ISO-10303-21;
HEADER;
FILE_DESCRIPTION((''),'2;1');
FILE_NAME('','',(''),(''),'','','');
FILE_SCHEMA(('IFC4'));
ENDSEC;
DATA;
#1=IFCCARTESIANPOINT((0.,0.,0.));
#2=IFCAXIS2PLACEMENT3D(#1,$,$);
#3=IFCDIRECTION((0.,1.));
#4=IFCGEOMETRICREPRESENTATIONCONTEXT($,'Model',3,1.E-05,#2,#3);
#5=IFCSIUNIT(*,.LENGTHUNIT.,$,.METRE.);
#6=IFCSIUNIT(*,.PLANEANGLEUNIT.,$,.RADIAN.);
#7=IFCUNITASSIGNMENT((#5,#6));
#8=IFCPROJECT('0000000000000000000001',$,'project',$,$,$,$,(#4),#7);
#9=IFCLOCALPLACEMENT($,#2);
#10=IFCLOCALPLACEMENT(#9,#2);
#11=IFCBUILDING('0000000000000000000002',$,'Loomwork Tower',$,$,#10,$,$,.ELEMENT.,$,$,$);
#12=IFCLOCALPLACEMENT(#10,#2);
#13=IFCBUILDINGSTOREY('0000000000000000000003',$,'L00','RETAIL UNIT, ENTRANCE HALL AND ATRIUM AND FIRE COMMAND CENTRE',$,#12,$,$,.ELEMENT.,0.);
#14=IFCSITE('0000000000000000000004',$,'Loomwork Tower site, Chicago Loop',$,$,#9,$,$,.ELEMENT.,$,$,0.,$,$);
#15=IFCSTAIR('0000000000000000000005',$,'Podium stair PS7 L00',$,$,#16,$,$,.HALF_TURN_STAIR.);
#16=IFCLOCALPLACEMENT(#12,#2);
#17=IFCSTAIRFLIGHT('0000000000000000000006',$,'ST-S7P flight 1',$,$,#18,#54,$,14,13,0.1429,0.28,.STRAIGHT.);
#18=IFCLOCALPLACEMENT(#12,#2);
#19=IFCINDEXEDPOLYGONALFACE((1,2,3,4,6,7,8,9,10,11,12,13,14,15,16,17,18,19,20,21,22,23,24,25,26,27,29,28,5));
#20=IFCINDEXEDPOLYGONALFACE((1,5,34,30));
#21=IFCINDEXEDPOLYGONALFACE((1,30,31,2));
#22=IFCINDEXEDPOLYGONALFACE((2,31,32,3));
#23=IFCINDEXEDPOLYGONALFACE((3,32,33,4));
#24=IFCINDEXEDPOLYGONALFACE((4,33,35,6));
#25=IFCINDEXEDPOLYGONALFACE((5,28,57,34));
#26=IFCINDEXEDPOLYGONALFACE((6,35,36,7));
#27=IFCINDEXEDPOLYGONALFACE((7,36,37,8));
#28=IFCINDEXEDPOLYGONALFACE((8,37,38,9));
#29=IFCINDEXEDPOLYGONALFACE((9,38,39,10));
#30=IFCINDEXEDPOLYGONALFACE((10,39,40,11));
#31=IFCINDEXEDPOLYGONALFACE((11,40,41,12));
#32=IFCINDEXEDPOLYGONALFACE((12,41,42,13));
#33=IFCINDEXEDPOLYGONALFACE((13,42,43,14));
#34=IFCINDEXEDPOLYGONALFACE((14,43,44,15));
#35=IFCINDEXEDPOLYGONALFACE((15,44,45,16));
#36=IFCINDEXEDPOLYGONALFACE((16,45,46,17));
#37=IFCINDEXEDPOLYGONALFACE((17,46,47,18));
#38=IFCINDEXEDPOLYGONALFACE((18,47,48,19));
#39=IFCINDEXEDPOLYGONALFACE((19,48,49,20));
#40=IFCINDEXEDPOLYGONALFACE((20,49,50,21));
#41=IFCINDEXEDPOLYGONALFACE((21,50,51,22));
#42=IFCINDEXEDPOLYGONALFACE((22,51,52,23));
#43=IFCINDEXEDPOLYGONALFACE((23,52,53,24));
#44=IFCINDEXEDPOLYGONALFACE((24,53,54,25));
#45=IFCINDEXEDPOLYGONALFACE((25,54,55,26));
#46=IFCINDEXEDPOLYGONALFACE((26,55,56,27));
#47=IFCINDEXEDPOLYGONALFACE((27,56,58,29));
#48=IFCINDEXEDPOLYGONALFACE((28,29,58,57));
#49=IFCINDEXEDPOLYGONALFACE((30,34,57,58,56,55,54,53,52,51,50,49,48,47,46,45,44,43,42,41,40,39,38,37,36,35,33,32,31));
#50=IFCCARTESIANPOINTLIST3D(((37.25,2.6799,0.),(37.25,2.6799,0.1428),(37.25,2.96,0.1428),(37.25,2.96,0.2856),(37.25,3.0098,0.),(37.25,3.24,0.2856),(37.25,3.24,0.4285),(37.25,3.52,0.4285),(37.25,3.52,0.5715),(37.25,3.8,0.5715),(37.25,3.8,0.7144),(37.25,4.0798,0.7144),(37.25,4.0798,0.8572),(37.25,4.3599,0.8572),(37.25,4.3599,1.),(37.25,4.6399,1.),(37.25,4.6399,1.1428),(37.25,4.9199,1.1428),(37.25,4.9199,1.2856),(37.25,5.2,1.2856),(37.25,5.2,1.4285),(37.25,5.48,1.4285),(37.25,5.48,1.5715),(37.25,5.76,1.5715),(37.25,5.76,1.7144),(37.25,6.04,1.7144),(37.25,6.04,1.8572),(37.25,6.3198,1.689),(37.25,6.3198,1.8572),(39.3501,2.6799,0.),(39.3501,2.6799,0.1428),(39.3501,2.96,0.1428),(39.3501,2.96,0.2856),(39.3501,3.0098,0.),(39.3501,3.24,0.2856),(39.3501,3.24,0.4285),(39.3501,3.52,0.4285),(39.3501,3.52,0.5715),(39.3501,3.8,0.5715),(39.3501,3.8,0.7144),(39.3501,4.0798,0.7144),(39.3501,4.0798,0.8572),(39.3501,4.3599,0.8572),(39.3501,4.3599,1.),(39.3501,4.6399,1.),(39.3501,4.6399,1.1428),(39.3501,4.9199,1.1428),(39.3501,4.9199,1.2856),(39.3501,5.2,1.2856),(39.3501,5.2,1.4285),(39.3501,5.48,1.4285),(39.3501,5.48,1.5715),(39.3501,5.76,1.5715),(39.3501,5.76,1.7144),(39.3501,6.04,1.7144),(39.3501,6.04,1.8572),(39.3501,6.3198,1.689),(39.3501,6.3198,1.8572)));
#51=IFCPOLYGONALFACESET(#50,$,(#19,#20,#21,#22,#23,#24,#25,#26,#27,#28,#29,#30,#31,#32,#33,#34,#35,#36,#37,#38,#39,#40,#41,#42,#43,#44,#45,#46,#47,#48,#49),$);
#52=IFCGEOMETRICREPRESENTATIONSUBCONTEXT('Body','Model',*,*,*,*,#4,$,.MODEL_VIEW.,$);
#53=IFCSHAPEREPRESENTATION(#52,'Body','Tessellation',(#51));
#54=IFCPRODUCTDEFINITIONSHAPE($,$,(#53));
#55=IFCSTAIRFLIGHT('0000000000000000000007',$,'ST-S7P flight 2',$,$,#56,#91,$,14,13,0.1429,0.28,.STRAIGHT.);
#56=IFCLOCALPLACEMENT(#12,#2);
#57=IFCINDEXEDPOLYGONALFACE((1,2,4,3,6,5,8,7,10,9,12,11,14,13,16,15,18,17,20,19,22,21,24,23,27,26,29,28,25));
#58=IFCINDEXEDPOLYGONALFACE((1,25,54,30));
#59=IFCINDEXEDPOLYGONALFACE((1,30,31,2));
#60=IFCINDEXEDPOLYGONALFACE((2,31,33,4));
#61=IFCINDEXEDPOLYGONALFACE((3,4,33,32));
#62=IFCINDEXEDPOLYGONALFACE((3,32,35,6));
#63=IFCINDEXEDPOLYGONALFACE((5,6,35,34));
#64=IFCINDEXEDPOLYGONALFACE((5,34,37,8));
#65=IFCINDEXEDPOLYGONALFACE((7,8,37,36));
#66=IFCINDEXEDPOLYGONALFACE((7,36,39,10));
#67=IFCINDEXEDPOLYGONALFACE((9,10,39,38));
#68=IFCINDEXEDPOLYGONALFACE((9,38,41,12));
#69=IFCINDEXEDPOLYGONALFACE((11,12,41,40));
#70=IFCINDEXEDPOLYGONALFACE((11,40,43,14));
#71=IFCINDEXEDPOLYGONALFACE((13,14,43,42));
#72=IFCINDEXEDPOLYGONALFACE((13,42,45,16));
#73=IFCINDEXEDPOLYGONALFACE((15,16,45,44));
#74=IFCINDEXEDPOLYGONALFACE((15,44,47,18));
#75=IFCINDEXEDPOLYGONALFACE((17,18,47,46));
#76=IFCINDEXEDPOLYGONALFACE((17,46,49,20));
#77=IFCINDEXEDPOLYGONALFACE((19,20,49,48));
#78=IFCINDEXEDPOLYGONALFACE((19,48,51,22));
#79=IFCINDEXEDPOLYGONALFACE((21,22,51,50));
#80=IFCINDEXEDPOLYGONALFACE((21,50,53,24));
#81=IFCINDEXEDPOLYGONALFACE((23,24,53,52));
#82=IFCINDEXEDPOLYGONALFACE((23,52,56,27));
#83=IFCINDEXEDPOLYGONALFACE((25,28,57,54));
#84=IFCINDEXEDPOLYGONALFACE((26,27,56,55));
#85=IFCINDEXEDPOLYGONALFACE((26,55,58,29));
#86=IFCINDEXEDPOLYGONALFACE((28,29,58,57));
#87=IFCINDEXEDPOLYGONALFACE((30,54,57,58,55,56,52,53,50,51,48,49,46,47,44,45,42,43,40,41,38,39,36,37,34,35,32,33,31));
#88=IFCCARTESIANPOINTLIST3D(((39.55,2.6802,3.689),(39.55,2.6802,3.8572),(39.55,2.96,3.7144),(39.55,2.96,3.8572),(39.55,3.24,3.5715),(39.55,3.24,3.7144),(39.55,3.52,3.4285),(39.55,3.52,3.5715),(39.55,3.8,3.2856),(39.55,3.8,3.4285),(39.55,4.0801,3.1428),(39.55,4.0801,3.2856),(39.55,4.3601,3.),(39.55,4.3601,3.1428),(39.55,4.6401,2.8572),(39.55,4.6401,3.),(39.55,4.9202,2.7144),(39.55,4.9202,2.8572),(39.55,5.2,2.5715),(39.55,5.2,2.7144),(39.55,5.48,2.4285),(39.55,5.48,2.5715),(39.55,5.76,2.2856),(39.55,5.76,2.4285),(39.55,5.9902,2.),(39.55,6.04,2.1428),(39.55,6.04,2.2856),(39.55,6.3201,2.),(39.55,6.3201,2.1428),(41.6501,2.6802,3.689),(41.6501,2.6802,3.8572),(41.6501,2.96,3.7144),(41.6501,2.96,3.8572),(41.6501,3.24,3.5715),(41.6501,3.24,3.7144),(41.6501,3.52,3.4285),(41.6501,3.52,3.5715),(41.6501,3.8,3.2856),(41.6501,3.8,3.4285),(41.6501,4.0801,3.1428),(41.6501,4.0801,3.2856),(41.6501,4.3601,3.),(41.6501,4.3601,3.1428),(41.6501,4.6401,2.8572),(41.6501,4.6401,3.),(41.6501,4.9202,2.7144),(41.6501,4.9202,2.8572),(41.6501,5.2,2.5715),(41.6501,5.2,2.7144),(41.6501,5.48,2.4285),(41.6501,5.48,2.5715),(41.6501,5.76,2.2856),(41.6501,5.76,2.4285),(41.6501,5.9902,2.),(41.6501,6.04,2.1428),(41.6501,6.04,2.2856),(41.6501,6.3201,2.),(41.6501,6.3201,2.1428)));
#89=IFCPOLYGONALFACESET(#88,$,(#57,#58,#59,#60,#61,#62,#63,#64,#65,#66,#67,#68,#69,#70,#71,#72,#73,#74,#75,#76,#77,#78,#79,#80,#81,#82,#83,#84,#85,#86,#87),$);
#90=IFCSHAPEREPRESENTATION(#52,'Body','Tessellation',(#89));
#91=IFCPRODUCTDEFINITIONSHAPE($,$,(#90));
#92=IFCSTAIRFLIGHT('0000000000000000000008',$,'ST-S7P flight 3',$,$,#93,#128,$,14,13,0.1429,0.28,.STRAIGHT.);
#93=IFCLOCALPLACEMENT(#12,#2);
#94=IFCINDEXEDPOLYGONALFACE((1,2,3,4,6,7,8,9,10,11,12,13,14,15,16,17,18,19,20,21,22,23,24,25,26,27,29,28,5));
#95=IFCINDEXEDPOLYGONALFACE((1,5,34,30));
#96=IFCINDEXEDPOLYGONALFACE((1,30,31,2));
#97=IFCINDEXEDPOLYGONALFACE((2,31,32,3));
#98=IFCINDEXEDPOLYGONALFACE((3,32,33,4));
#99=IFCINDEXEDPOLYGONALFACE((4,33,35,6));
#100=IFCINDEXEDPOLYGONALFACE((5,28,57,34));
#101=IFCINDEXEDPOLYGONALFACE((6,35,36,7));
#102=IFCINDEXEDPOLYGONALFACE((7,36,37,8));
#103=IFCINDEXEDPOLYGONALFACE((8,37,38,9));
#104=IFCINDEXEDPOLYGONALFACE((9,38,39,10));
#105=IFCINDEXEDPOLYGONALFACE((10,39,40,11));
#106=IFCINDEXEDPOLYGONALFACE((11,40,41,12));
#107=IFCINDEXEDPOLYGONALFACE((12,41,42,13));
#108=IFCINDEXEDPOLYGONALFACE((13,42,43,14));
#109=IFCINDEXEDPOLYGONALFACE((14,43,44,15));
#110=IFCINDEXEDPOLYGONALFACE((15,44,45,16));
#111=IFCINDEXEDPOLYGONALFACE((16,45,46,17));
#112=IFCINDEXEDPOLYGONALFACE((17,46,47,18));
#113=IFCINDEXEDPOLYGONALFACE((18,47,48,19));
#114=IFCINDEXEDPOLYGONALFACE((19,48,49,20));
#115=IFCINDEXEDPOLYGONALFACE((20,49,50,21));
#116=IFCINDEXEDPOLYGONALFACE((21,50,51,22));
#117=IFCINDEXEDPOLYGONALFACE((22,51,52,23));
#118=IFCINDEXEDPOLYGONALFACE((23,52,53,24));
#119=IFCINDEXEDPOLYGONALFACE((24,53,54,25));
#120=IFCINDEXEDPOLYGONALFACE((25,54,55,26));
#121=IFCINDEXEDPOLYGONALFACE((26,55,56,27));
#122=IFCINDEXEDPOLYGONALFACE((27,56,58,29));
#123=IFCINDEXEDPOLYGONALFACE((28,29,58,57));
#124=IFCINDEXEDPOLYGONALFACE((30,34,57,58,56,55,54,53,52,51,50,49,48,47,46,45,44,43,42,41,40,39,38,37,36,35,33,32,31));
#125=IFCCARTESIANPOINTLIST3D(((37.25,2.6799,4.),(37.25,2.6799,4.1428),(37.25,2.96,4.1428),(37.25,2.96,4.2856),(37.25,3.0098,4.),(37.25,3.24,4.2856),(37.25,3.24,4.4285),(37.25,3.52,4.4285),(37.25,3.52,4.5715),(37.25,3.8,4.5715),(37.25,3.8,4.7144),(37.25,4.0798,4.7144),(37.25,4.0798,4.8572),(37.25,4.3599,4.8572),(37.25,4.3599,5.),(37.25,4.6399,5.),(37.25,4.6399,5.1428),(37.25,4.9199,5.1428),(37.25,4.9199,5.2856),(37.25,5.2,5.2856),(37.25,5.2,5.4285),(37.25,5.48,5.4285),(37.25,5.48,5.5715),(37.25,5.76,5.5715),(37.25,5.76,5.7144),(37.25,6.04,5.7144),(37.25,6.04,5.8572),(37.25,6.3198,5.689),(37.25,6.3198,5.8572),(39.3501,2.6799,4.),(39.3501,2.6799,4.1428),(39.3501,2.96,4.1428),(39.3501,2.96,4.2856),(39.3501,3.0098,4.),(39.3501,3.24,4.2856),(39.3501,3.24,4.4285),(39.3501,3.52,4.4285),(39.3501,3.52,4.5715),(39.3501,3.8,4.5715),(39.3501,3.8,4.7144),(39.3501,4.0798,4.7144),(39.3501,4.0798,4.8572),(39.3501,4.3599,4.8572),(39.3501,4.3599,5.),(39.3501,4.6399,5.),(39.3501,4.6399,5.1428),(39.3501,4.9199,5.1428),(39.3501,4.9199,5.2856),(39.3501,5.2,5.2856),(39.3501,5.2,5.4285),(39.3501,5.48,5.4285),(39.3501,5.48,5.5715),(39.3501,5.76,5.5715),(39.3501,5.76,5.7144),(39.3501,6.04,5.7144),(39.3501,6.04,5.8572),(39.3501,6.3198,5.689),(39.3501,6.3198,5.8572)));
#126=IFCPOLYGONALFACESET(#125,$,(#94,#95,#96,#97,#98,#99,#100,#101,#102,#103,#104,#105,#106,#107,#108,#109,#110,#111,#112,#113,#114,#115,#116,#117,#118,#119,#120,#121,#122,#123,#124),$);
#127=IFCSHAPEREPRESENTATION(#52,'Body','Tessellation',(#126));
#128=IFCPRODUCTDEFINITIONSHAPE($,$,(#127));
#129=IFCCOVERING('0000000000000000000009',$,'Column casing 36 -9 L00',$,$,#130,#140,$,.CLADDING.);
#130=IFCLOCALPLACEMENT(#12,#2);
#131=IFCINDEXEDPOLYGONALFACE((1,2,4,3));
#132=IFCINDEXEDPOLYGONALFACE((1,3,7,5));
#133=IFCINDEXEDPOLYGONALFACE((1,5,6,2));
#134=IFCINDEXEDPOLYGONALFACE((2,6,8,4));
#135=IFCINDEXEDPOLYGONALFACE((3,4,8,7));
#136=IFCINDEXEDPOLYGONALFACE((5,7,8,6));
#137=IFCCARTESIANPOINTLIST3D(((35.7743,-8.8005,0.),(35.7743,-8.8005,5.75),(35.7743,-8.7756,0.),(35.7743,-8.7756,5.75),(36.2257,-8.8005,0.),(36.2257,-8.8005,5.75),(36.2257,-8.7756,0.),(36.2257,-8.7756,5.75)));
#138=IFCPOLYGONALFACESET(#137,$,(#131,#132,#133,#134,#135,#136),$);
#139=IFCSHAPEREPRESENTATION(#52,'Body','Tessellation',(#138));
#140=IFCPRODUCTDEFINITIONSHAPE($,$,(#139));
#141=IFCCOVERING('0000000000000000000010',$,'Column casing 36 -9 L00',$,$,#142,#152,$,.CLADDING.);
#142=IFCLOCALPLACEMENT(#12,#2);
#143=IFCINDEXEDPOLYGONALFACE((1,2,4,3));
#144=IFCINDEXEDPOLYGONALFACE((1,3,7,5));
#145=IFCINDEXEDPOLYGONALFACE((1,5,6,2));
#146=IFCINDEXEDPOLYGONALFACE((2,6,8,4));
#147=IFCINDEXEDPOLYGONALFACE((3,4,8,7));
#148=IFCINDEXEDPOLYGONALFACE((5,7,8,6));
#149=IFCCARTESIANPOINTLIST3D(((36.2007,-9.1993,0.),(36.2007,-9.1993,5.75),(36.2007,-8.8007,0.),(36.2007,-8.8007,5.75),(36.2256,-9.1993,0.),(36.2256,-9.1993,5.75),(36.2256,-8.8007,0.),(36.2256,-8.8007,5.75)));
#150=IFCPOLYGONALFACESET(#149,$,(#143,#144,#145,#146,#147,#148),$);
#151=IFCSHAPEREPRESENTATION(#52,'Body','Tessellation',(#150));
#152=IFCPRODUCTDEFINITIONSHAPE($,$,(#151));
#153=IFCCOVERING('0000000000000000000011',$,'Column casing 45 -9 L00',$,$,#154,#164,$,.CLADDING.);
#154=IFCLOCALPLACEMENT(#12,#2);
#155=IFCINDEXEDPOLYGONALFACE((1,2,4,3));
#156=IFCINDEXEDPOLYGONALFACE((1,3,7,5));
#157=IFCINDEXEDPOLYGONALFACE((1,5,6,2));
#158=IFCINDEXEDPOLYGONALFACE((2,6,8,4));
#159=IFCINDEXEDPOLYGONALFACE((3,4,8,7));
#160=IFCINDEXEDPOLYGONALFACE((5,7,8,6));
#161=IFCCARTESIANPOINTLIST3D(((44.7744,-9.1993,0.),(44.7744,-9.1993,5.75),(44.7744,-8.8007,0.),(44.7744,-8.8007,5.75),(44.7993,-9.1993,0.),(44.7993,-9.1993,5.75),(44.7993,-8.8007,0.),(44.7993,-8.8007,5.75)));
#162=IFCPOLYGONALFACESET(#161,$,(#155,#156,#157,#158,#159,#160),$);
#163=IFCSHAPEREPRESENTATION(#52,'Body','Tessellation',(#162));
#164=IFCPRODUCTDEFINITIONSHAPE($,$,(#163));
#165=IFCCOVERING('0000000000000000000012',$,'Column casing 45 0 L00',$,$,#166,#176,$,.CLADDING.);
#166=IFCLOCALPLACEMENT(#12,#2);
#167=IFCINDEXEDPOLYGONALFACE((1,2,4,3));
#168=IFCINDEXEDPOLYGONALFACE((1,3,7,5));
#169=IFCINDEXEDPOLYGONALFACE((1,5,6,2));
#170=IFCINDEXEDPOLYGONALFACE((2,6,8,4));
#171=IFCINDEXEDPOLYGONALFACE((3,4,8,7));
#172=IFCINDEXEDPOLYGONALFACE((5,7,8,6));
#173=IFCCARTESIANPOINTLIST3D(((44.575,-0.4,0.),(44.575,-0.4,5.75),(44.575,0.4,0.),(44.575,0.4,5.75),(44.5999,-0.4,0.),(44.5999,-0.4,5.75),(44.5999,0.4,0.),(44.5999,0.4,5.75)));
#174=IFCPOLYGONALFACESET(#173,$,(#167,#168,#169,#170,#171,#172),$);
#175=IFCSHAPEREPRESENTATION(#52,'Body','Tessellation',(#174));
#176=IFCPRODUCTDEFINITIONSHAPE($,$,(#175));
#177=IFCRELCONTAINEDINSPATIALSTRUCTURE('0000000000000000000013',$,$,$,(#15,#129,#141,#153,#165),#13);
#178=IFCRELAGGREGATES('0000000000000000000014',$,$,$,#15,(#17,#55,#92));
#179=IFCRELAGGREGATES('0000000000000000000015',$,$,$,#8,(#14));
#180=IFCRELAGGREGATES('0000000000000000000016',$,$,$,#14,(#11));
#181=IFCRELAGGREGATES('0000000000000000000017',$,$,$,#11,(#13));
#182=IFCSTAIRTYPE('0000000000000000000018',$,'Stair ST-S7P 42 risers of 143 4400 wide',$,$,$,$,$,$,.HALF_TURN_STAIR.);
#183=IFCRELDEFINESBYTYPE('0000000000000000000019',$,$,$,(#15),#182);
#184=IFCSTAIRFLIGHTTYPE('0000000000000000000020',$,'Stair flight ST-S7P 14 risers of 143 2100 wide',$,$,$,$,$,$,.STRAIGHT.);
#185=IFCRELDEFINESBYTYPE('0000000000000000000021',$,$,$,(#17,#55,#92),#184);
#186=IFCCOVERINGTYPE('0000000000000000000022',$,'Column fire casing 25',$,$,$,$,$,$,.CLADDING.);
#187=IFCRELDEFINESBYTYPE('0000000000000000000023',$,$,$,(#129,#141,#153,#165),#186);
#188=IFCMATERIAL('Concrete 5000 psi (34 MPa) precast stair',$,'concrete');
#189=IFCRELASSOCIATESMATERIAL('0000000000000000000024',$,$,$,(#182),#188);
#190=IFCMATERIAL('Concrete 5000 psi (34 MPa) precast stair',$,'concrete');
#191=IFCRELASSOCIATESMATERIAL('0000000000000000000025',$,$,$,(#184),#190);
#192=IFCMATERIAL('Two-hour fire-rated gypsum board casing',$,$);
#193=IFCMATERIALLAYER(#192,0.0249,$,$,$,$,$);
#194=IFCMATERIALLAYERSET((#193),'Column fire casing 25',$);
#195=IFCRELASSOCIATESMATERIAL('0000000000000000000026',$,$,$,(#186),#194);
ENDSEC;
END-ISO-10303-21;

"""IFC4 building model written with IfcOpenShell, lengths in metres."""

from ifc_helpers import new_model, si_unit, direction, frame, origin, origin_2d, place, context, subcontext, project, spatial, polyline, rectangle, outline, extrude, material, layer, layer_set, type_object, element, aggregate, save


model = new_model("IFC4")

# Units and contexts
model_context = context("Model", 3, precision=1e-05, world=origin(), true_north=direction((0.0, 1.0)))
body_context = subcontext(model_context, "Body", "Model", "MODEL_VIEW")
ifc_project = project(units=[si_unit("LENGTHUNIT", "METRE"), si_unit("PLANEANGLEUNIT", "RADIAN")], contexts=[model_context])

# Site, building, storey
site_placement = place(None, origin())
site = spatial("IfcSite", under=ifc_project, at=site_placement, Name="Loomwork Tower site, Chicago Loop", CompositionType="ELEMENT", RefElevation=0.0)
building_placement = place(site_placement, origin())
building = spatial("IfcBuilding", under=site, at=building_placement, Name="Loomwork Tower", CompositionType="ELEMENT")
storey_placement = place(building_placement, origin())
storey = spatial("IfcBuildingStorey", under=building, at=storey_placement, Name="L00", Description="RETAIL UNIT, ENTRANCE HALL AND ATRIUM AND FIRE COMMAND CENTRE", CompositionType="ELEMENT", Elevation=0.0)

# Stair, stair flights
ifc_material_1 = material(Name="Concrete 5000 psi (34 MPa) precast stair", Category="concrete")
stair_type = type_object("IfcStairType", Name="Stair ST-S7P 42 risers of 143 4400 wide", PredefinedType="HALF_TURN_STAIR", material=ifc_material_1)
stair_placement = place(storey_placement, origin())
stair = element("IfcStair", 1, at=stair_placement, inside=storey, type_object=stair_type, Name="Podium stair PS7 L00", PredefinedType="HALF_TURN_STAIR")
ifc_material_2 = material(Name="Concrete 5000 psi (34 MPa) precast stair", Category="concrete")
stair_flight_type = type_object("IfcStairFlightType", Name="Stair flight ST-S7P 14 risers of 143 2100 wide", PredefinedType="STRAIGHT", material=ifc_material_2)
stair_flight_1_placement = place(storey_placement, frame((38.3, 2.6799, 0.0), z_axis=(0.0, 0.0, 1.0), x_axis=(0.0, 1.0, 0.0)))
stair_flight_1 = element("IfcStairFlight", 2, at=stair_flight_1_placement, type_object=stair_flight_type, Name="ST-S7P flight 1", NumberOfRisers=14, NumberOfTreads=13, PredefinedType="STRAIGHT", RiserHeight=0.1429, TreadLength=0.28, context=body_context, shape_type="SweptSolid", body=[
    extrude(outline(polyline([(0.0, 0.0), (0.0, 0.1428), (0.28, 0.1428), (0.28, 0.2856), (0.5601, 0.2856), (0.5601, 0.4285), (0.8401, 0.4285), (0.8401, 0.5715), (1.1201, 0.5715), (1.1201, 0.7144), (1.3999, 0.7144), (1.3999, 0.8572), (1.6799, 0.8572), (1.6799, 1.0), (1.96, 1.0), (1.96, 1.1428), (2.24, 1.1428), (2.24, 1.2856), (2.52, 1.2856), (2.52, 1.4285), (2.8, 1.4285), (2.8, 1.5715), (3.0801, 1.5715), (3.0801, 1.7144), (3.3601, 1.7144), (3.3601, 1.8572), (3.6399, 1.8572), (3.6399, 2.0), (3.6399, 1.689), (0.3298, 0.0), (0.0, 0.0)])), frame((0.0, 1.05, 0.0), z_axis=(0.0, -1.0, 0.0), x_axis=(1.0, 0.0, 0.0)), (0.0, 0.0, 1.0), 2.1001),
])
stair_flight_2_placement = place(storey_placement, frame((40.6001, 6.3201, 2.0), z_axis=(0.0, 0.0, 1.0), x_axis=(0.0, -1.0, 0.0)))
stair_flight_2 = element("IfcStairFlight", 3, at=stair_flight_2_placement, type_object=stair_flight_type, Name="ST-S7P flight 2", NumberOfRisers=14, NumberOfTreads=13, PredefinedType="STRAIGHT", RiserHeight=0.1429, TreadLength=0.28, context=body_context, shape_type="SweptSolid", body=[
    extrude(outline(polyline([(0.0, 0.0), (0.0, 0.1428), (0.28, 0.1428), (0.28, 0.2856), (0.5601, 0.2856), (0.5601, 0.4285), (0.8401, 0.4285), (0.8401, 0.5715), (1.1201, 0.5715), (1.1201, 0.7144), (1.3999, 0.7144), (1.3999, 0.8572), (1.6799, 0.8572), (1.6799, 1.0), (1.96, 1.0), (1.96, 1.1428), (2.24, 1.1428), (2.24, 1.2856), (2.52, 1.2856), (2.52, 1.4285), (2.8, 1.4285), (2.8, 1.5715), (3.0801, 1.5715), (3.0801, 1.7144), (3.3601, 1.7144), (3.3601, 1.8572), (3.6399, 1.8572), (3.6399, 2.0), (3.6399, 1.689), (0.3298, 0.0), (0.0, 0.0)])), frame((0.0, 1.05, 0.0), z_axis=(0.0, -1.0, 0.0), x_axis=(1.0, 0.0, 0.0)), (0.0, 0.0, 1.0), 2.1001),
])
stair_flight_3_placement = place(storey_placement, frame((38.3, 2.6799, 4.0), z_axis=(0.0, 0.0, 1.0), x_axis=(0.0, 1.0, 0.0)))
stair_flight_3 = element("IfcStairFlight", 4, at=stair_flight_3_placement, type_object=stair_flight_type, Name="ST-S7P flight 3", NumberOfRisers=14, NumberOfTreads=13, PredefinedType="STRAIGHT", RiserHeight=0.1429, TreadLength=0.28, context=body_context, shape_type="SweptSolid", body=[
    extrude(outline(polyline([(0.0, 0.0), (0.0, 0.1428), (0.28, 0.1428), (0.28, 0.2856), (0.5601, 0.2856), (0.5601, 0.4285), (0.8401, 0.4285), (0.8401, 0.5715), (1.1201, 0.5715), (1.1201, 0.7144), (1.3999, 0.7144), (1.3999, 0.8572), (1.6799, 0.8572), (1.6799, 1.0), (1.96, 1.0), (1.96, 1.1428), (2.24, 1.1428), (2.24, 1.2856), (2.52, 1.2856), (2.52, 1.4285), (2.8, 1.4285), (2.8, 1.5715), (3.0801, 1.5715), (3.0801, 1.7144), (3.3601, 1.7144), (3.3601, 1.8572), (3.6399, 1.8572), (3.6399, 2.0), (3.6399, 1.689), (0.3298, 0.0), (0.0, 0.0)])), frame((0.0, 1.05, 0.0), z_axis=(0.0, -1.0, 0.0), x_axis=(1.0, 0.0, 0.0)), (0.0, 0.0, 1.0), 2.1001),
])
aggregate(stair, [stair_flight_1, stair_flight_2, stair_flight_3])

# Coverings
ifc_material_3 = material(Name="Two-hour fire-rated gypsum board casing")
ifc_layer_1 = layer(ifc_material_3, 0.0249)
ifc_layer_set_1 = layer_set([ifc_layer_1], Name="Column fire casing 25")
covering_type = type_object("IfcCoveringType", Name="Column fire casing 25", PredefinedType="CLADDING", material=ifc_layer_set_1)
covering_1_placement = place(storey_placement, frame((36.0, -8.7881, 0.0), z_axis=(0.0, 0.0, 1.0), x_axis=(1.0, 0.0, 0.0)))
element("IfcCovering", 5, at=covering_1_placement, inside=storey, type_object=covering_type, Name="Column casing 36 -9 L00", PredefinedType="CLADDING", context=body_context, shape_type="SweptSolid", body=[
    extrude(rectangle(XDim=0.4514, YDim=0.0249, at=origin_2d()), origin(), (0.0, 0.0, 1.0), 5.75),
])
for number, where, z_axis, x_axis, name in (
    (6, (36.2131, -9.0, 0.0), (0.0, 0.0, 1.0), (1.0, 0.0, 0.0), "Column casing 36 -9 L00"),
    (7, (44.7869, -9.0, 0.0), (0.0, 0.0, 1.0), (1.0, 0.0, 0.0), "Column casing 45 -9 L00"),
):
    element("IfcCovering", number, at=place(storey_placement, frame(where, z_axis=z_axis, x_axis=x_axis)), inside=storey, type_object=covering_type, Name=name, PredefinedType="CLADDING", context=body_context, shape_type="SweptSolid", body=[
        extrude(rectangle(XDim=0.0249, YDim=0.3987, at=origin_2d()), origin(), (0.0, 0.0, 1.0), 5.75),
    ])
covering_2_placement = place(storey_placement, frame((44.5874, 0.0, 0.0), z_axis=(0.0, 0.0, 1.0), x_axis=(1.0, 0.0, 0.0)))
element("IfcCovering", 8, at=covering_2_placement, inside=storey, type_object=covering_type, Name="Column casing 45 0 L00", PredefinedType="CLADDING", context=body_context, shape_type="SweptSolid", body=[
    extrude(rectangle(XDim=0.0249, YDim=0.8, at=origin_2d()), origin(), (0.0, 0.0, 1.0), 5.75),
])

save(model, "model.ifc")
